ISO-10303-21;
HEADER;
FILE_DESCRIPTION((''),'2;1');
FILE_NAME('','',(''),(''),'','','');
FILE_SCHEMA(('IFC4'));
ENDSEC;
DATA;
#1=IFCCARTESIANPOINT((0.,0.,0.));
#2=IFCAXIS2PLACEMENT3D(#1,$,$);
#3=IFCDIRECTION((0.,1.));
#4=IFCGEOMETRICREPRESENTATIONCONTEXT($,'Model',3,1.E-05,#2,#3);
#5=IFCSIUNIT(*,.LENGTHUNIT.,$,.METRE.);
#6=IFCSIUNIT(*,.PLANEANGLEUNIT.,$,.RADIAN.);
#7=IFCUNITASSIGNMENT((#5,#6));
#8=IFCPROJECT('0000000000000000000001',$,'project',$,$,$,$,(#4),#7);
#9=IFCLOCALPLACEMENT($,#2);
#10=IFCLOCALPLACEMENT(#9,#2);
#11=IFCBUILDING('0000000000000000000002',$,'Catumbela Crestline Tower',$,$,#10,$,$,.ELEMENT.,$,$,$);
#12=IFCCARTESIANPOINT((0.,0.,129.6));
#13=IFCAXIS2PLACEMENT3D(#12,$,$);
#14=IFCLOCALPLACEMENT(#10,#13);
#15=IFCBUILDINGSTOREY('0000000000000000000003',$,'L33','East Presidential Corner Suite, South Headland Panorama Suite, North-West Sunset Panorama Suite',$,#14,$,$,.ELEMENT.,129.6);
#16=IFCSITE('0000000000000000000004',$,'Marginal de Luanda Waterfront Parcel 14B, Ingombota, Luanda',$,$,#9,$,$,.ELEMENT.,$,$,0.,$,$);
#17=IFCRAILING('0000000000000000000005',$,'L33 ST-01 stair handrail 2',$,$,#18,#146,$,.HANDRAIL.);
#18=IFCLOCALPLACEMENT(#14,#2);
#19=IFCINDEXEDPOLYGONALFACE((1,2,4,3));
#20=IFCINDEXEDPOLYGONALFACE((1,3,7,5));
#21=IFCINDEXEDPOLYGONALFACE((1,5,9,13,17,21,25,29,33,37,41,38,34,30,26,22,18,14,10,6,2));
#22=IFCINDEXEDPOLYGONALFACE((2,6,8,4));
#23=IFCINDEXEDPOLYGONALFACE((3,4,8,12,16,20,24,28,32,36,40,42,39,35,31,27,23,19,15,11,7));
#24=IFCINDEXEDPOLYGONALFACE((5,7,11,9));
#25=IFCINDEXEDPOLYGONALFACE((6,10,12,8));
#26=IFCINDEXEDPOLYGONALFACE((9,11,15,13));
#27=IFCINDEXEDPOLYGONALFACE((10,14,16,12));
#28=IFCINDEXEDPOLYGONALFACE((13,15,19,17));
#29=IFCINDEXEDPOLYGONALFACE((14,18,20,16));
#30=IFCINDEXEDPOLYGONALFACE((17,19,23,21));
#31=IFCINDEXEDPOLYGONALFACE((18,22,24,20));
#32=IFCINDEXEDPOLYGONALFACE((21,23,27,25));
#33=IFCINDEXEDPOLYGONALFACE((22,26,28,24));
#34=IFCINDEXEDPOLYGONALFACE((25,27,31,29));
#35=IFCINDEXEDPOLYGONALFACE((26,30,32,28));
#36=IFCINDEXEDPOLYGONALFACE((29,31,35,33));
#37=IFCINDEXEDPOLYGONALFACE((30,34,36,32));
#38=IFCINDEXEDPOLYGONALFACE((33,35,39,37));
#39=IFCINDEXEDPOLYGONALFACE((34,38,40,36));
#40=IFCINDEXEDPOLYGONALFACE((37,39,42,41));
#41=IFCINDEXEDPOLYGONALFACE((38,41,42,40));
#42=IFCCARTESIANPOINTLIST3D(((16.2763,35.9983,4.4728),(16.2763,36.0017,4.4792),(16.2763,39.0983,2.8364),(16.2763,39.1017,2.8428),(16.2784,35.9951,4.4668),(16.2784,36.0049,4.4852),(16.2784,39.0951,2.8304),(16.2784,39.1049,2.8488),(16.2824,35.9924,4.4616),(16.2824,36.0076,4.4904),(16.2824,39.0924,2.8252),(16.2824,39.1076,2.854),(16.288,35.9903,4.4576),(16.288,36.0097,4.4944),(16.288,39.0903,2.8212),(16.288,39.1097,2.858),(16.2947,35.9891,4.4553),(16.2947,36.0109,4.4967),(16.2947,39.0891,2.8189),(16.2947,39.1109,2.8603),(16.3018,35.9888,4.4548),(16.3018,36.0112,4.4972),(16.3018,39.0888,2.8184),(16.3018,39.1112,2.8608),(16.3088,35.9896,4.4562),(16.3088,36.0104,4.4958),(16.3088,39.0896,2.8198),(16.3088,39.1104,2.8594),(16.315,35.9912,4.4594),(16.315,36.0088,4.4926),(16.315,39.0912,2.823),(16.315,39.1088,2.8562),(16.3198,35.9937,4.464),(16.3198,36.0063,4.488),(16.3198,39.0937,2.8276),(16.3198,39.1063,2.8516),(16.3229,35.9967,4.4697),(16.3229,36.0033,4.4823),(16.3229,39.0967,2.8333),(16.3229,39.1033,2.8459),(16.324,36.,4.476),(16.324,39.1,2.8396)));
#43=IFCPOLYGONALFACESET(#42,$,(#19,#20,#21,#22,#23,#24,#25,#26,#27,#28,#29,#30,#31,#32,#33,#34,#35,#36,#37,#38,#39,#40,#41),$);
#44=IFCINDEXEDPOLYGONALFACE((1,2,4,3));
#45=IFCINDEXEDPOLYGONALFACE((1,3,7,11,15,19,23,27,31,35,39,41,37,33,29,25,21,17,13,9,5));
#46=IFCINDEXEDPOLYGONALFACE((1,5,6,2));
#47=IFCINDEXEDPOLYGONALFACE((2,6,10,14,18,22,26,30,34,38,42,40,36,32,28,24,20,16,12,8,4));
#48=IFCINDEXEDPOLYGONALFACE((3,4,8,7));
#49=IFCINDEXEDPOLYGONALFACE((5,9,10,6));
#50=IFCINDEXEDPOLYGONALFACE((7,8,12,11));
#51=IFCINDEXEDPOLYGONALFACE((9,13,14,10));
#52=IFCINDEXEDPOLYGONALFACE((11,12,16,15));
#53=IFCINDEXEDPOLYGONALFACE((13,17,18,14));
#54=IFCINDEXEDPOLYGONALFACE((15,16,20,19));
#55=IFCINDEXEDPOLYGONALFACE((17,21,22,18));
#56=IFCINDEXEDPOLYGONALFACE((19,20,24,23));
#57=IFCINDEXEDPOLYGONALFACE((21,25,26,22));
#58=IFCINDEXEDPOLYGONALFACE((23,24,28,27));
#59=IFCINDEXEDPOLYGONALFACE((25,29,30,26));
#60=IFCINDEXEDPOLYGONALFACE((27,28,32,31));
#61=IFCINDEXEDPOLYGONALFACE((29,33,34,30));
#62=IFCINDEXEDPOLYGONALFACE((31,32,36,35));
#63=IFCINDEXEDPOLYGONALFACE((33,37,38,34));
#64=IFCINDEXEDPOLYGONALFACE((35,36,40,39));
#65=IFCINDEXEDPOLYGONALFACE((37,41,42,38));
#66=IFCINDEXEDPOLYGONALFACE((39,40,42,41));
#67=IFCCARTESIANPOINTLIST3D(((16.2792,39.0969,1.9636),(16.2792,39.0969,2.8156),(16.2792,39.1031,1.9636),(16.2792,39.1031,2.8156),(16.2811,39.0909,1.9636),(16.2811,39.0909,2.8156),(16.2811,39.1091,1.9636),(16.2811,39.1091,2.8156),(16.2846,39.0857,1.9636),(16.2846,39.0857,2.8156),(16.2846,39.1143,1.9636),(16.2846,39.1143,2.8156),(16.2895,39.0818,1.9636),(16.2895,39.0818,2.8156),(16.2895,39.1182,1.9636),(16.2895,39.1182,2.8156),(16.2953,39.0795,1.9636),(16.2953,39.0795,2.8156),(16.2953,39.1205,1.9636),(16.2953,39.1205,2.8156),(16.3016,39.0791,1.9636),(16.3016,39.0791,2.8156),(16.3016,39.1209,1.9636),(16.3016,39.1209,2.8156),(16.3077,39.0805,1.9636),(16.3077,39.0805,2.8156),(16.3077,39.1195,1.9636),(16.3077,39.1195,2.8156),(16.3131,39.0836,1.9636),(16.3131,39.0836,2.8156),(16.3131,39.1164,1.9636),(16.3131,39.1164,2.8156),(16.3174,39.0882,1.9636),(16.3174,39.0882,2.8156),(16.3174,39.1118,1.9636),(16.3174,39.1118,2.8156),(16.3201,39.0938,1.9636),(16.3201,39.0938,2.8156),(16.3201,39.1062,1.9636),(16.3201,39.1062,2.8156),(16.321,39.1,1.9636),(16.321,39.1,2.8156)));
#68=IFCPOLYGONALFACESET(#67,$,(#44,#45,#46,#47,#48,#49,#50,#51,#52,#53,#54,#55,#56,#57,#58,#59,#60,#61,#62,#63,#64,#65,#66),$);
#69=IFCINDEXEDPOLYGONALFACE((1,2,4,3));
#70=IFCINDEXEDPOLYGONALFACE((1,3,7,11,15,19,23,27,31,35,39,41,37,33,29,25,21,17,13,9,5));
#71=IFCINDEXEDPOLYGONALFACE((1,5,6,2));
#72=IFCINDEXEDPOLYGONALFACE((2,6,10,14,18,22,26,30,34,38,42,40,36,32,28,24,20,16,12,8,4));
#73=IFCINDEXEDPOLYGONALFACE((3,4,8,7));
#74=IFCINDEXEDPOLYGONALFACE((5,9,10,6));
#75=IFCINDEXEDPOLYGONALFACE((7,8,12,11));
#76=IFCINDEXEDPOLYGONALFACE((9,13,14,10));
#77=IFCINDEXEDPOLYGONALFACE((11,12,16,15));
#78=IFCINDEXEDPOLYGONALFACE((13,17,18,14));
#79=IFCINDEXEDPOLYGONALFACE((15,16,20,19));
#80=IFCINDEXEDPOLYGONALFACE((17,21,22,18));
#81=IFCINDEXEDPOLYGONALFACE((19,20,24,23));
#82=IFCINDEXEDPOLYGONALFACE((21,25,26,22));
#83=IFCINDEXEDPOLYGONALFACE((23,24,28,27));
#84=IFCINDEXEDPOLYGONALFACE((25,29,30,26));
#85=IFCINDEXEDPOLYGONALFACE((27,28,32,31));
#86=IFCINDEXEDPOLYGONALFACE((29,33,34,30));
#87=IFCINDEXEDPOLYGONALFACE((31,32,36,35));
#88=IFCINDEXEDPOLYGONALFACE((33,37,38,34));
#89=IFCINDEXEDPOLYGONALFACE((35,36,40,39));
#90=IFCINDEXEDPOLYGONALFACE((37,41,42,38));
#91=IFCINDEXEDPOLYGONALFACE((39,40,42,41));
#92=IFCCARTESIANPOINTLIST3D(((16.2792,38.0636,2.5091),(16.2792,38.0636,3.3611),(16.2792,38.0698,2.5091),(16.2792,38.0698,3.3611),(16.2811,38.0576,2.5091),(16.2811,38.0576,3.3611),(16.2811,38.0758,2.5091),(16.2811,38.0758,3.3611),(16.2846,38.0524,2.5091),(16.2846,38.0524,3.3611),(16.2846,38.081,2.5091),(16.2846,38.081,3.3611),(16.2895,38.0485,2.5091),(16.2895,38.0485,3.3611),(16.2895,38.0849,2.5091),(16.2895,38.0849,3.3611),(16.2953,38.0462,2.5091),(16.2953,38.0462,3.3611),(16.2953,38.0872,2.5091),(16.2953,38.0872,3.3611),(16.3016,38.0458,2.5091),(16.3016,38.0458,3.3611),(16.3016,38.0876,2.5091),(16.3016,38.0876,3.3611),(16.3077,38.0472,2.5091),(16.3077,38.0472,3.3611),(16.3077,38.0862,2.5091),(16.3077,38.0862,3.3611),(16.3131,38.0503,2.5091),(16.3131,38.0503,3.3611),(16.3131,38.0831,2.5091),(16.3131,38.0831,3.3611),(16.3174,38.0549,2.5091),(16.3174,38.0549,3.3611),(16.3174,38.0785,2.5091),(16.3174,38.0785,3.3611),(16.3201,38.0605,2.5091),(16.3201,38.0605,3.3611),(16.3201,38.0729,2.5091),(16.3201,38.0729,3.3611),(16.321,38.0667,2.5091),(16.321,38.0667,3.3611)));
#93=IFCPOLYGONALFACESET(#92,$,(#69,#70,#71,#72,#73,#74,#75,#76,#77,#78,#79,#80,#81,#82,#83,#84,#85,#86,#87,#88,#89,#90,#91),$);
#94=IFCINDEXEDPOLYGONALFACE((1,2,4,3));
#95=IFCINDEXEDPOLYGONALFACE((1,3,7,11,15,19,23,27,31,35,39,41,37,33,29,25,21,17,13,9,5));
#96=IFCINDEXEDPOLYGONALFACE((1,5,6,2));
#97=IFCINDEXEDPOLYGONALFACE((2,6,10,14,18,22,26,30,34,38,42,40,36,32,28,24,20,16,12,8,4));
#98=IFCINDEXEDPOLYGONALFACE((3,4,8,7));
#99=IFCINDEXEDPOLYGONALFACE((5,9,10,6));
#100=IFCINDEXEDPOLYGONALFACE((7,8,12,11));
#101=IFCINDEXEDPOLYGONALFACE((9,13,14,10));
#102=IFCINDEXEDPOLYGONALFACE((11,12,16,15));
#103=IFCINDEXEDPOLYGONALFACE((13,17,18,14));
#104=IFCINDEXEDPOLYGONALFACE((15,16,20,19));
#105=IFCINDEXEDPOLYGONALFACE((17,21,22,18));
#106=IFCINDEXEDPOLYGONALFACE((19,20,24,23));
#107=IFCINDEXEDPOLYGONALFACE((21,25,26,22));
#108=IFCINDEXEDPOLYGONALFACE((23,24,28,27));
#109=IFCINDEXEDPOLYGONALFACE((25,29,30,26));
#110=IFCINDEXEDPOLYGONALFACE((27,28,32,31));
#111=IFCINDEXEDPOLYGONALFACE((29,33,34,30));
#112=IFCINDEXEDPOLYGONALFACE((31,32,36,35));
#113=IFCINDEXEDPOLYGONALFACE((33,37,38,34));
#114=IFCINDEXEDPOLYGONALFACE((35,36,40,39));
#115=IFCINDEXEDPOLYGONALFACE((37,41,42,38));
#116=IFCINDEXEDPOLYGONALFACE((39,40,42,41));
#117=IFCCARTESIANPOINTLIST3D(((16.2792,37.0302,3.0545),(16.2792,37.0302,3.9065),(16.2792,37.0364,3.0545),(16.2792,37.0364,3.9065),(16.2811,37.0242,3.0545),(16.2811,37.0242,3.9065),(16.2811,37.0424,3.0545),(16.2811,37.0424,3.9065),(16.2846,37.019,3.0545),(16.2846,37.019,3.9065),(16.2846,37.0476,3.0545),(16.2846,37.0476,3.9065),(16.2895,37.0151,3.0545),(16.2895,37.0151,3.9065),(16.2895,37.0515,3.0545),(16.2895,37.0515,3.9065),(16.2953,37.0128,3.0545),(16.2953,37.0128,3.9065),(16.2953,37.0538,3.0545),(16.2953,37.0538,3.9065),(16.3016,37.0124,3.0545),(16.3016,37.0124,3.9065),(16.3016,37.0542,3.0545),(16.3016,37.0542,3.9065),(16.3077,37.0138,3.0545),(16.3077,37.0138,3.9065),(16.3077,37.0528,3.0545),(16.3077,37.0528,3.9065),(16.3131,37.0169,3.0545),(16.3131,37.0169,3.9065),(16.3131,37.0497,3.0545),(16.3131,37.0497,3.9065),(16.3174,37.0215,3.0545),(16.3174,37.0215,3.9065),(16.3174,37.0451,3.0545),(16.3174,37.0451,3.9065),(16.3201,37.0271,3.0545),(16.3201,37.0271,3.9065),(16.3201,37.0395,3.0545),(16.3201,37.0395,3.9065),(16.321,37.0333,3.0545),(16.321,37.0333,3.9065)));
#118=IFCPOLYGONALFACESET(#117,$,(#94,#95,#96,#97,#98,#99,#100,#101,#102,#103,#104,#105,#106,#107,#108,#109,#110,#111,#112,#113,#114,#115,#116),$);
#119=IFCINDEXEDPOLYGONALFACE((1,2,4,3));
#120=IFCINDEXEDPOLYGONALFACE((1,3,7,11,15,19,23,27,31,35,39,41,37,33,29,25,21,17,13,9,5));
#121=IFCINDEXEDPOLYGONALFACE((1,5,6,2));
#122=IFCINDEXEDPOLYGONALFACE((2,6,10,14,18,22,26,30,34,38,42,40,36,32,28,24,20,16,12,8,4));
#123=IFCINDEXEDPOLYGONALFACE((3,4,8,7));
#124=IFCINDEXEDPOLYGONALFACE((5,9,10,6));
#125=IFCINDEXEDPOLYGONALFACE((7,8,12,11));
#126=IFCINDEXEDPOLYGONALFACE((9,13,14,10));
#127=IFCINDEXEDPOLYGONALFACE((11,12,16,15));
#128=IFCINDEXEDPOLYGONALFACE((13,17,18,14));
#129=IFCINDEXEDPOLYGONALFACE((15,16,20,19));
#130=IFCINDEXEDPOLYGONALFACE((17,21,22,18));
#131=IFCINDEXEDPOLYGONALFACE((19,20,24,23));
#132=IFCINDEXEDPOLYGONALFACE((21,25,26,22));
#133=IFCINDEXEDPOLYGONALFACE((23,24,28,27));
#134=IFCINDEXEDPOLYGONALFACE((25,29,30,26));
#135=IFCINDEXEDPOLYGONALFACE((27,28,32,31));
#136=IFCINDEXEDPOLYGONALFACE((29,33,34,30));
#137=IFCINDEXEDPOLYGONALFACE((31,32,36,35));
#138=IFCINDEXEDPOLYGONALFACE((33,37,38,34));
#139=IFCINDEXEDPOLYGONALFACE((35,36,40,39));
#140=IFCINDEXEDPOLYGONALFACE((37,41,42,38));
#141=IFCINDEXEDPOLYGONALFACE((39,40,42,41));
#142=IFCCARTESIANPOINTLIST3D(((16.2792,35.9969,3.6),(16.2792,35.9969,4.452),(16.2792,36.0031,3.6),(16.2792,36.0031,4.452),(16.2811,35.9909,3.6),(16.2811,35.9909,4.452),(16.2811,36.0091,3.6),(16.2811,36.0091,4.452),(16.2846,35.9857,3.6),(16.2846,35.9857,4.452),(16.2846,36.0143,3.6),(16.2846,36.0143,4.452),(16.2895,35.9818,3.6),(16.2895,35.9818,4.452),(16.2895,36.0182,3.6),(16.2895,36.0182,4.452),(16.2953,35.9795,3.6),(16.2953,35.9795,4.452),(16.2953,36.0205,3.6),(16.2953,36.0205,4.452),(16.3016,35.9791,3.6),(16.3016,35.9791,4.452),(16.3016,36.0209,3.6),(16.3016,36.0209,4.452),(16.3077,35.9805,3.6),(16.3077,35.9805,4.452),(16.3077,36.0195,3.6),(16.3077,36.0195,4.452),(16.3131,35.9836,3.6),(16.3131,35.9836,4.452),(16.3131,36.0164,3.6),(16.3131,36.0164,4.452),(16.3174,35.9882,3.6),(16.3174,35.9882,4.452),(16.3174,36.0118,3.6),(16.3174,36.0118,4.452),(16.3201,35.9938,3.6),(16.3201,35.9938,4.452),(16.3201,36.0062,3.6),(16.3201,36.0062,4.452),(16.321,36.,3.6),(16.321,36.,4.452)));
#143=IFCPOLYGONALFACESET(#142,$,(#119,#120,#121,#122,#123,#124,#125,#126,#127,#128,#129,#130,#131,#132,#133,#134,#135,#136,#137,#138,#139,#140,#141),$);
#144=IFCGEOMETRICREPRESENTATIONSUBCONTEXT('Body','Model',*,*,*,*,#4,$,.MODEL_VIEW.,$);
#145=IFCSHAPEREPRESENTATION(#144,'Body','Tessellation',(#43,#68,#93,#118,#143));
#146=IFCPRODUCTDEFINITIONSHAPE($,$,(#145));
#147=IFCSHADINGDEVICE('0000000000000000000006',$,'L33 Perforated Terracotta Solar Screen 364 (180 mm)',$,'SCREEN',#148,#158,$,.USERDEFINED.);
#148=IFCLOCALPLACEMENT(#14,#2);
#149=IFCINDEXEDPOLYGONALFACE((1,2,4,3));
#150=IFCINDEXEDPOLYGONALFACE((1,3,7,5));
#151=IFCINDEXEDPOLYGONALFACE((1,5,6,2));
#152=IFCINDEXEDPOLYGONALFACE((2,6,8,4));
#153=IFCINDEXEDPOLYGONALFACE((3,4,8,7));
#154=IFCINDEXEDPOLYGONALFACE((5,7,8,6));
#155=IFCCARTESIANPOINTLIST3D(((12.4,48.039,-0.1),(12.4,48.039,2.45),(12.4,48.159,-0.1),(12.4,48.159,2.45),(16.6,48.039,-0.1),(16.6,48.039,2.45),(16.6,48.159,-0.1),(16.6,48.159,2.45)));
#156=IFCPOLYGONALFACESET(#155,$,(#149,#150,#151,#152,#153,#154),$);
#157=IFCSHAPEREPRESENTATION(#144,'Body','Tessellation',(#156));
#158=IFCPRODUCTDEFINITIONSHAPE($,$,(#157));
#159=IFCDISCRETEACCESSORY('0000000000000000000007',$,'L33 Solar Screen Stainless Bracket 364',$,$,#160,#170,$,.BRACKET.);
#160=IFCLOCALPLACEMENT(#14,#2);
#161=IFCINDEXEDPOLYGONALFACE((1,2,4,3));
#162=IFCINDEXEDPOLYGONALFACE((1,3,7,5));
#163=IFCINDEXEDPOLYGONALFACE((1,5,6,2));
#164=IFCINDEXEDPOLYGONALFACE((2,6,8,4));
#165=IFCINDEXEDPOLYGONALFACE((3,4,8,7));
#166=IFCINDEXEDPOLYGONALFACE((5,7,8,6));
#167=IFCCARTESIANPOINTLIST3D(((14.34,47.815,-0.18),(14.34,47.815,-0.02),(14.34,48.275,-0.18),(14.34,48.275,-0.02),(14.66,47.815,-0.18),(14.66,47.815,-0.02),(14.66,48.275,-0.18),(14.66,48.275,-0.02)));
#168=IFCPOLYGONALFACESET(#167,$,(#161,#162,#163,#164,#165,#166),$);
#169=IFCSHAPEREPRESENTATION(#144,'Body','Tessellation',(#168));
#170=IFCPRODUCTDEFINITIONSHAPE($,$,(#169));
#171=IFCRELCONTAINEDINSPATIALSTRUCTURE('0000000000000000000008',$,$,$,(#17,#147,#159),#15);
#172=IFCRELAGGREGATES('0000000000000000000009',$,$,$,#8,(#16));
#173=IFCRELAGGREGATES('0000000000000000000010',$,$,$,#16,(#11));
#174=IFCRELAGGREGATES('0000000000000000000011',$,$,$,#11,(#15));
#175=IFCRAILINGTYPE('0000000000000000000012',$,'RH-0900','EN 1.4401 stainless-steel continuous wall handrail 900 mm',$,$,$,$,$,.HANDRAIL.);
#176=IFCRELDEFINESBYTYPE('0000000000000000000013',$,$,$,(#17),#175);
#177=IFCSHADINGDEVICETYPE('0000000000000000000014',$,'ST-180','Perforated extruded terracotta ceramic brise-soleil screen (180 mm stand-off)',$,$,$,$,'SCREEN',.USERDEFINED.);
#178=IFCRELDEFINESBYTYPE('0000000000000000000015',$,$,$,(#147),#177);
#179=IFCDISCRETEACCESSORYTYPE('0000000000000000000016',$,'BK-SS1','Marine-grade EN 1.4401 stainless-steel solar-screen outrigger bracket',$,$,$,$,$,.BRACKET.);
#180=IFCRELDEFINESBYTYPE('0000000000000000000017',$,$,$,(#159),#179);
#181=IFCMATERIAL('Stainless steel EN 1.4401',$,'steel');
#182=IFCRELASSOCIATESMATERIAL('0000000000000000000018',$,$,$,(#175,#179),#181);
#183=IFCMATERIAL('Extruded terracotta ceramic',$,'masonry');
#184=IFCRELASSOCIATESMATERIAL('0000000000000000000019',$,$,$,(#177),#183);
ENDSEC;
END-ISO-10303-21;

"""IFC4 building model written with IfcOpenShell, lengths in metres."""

from ifc_helpers import new_model, si_unit, direction, frame, origin, origin_2d, place, context, subcontext, project, spatial, rectangle, circle, extrude, material, type_object, element, save


model = new_model("IFC4")

# Units and contexts
model_context = context("Model", 3, precision=1e-05, world=origin(), true_north=direction((0.0, 1.0)))
body_context = subcontext(model_context, "Body", "Model", "MODEL_VIEW")
ifc_project = project(units=[si_unit("LENGTHUNIT", "METRE"), si_unit("PLANEANGLEUNIT", "RADIAN")], contexts=[model_context])

# Site, building, storey
site_placement = place(None, origin())
site = spatial("IfcSite", under=ifc_project, at=site_placement, Name="Marginal de Luanda Waterfront Parcel 14B, Ingombota, Luanda", CompositionType="ELEMENT", RefElevation=0.0)
building_placement = place(site_placement, origin())
building = spatial("IfcBuilding", under=site, at=building_placement, Name="Catumbela Crestline Tower", CompositionType="ELEMENT")
storey_placement = place(building_placement, frame((0.0, 0.0, 129.6)))
storey = spatial("IfcBuildingStorey", under=building, at=storey_placement, Name="L33", Description="East Presidential Corner Suite, South Headland Panorama Suite, North-West Sunset Panorama Suite", CompositionType="ELEMENT", Elevation=129.6)

# Railing
ifc_material_1 = material(Name="Stainless steel EN 1.4401", Category="steel")
railing_type_1 = type_object("IfcRailingType", Name="RH-0900", Description="EN 1.4401 stainless-steel continuous wall handrail 900 mm", PredefinedType="HANDRAIL", material=ifc_material_1)
railing_1_placement = place(storey_placement, frame((16.3, 39.1, 1.9636)))
element("IfcRailing", 1, at=railing_1_placement, inside=storey, type_object=railing_type_1, Name="L33 ST-01 stair handrail 2", PredefinedType="HANDRAIL", context=body_context, shape_type="SweptSolid", body=[
    extrude(circle(Radius=0.024, at=origin_2d()), frame((0.0, 0.0, 0.876), z_axis=(0.0, -0.884351, 0.466823), x_axis=(1.0, 0.0, 0.0)), (0.0, 0.0, 1.0), 3.5054),
    extrude(circle(Radius=0.021, at=origin_2d()), origin(), (0.0, 0.0, 1.0), 0.852),
    extrude(circle(Radius=0.021, at=origin_2d()), frame((0.0, -1.0333, 0.5455)), (0.0, 0.0, 1.0), 0.852),
    extrude(circle(Radius=0.021, at=origin_2d()), frame((0.0, -2.0667, 1.0909)), (0.0, 0.0, 1.0), 0.852),
    extrude(circle(Radius=0.021, at=origin_2d()), frame((0.0, -3.1, 1.6364)), (0.0, 0.0, 1.0), 0.852),
])

# Shading device
ifc_material_2 = material(Name="Extruded terracotta ceramic", Category="masonry")
shading_device_type = type_object("IfcShadingDeviceType", Name="ST-180", Description="Perforated extruded terracotta ceramic brise-soleil screen (180 mm stand-off)", ElementType="SCREEN", PredefinedType="USERDEFINED", material=ifc_material_2)
shading_device_placement = place(storey_placement, frame((14.5, 48.099, -0.1), z_axis=(0.0, 0.0, 1.0), x_axis=(-1.0, 0.0, 0.0)))
element("IfcShadingDevice", 2, at=shading_device_placement, inside=storey, type_object=shading_device_type, Name="L33 Perforated Terracotta Solar Screen 364 (180 mm)", ObjectType="SCREEN", PredefinedType="USERDEFINED", context=body_context, shape_type="SweptSolid", body=[
    extrude(rectangle(XDim=4.2, YDim=0.12, at=origin_2d()), origin(), (0.0, 0.0, 1.0), 2.55),
])

# Discrete accessory
discrete_accessory_type = type_object("IfcDiscreteAccessoryType", Name="BK-SS1", Description="Marine-grade EN 1.4401 stainless-steel solar-screen outrigger bracket", PredefinedType="BRACKET", material=ifc_material_1)
discrete_accessory_placement = place(storey_placement, frame((14.5, 48.045, -0.18), z_axis=(0.0, 0.0, 1.0), x_axis=(-1.0, 0.0, 0.0)))
element("IfcDiscreteAccessory", 3, at=discrete_accessory_placement, inside=storey, type_object=discrete_accessory_type, Name="L33 Solar Screen Stainless Bracket 364", PredefinedType="BRACKET", context=body_context, shape_type="SweptSolid", body=[
    extrude(rectangle(XDim=0.32, YDim=0.46, at=origin_2d()), origin(), (0.0, 0.0, 1.0), 0.16),
])

save(model, "model.ifc")
